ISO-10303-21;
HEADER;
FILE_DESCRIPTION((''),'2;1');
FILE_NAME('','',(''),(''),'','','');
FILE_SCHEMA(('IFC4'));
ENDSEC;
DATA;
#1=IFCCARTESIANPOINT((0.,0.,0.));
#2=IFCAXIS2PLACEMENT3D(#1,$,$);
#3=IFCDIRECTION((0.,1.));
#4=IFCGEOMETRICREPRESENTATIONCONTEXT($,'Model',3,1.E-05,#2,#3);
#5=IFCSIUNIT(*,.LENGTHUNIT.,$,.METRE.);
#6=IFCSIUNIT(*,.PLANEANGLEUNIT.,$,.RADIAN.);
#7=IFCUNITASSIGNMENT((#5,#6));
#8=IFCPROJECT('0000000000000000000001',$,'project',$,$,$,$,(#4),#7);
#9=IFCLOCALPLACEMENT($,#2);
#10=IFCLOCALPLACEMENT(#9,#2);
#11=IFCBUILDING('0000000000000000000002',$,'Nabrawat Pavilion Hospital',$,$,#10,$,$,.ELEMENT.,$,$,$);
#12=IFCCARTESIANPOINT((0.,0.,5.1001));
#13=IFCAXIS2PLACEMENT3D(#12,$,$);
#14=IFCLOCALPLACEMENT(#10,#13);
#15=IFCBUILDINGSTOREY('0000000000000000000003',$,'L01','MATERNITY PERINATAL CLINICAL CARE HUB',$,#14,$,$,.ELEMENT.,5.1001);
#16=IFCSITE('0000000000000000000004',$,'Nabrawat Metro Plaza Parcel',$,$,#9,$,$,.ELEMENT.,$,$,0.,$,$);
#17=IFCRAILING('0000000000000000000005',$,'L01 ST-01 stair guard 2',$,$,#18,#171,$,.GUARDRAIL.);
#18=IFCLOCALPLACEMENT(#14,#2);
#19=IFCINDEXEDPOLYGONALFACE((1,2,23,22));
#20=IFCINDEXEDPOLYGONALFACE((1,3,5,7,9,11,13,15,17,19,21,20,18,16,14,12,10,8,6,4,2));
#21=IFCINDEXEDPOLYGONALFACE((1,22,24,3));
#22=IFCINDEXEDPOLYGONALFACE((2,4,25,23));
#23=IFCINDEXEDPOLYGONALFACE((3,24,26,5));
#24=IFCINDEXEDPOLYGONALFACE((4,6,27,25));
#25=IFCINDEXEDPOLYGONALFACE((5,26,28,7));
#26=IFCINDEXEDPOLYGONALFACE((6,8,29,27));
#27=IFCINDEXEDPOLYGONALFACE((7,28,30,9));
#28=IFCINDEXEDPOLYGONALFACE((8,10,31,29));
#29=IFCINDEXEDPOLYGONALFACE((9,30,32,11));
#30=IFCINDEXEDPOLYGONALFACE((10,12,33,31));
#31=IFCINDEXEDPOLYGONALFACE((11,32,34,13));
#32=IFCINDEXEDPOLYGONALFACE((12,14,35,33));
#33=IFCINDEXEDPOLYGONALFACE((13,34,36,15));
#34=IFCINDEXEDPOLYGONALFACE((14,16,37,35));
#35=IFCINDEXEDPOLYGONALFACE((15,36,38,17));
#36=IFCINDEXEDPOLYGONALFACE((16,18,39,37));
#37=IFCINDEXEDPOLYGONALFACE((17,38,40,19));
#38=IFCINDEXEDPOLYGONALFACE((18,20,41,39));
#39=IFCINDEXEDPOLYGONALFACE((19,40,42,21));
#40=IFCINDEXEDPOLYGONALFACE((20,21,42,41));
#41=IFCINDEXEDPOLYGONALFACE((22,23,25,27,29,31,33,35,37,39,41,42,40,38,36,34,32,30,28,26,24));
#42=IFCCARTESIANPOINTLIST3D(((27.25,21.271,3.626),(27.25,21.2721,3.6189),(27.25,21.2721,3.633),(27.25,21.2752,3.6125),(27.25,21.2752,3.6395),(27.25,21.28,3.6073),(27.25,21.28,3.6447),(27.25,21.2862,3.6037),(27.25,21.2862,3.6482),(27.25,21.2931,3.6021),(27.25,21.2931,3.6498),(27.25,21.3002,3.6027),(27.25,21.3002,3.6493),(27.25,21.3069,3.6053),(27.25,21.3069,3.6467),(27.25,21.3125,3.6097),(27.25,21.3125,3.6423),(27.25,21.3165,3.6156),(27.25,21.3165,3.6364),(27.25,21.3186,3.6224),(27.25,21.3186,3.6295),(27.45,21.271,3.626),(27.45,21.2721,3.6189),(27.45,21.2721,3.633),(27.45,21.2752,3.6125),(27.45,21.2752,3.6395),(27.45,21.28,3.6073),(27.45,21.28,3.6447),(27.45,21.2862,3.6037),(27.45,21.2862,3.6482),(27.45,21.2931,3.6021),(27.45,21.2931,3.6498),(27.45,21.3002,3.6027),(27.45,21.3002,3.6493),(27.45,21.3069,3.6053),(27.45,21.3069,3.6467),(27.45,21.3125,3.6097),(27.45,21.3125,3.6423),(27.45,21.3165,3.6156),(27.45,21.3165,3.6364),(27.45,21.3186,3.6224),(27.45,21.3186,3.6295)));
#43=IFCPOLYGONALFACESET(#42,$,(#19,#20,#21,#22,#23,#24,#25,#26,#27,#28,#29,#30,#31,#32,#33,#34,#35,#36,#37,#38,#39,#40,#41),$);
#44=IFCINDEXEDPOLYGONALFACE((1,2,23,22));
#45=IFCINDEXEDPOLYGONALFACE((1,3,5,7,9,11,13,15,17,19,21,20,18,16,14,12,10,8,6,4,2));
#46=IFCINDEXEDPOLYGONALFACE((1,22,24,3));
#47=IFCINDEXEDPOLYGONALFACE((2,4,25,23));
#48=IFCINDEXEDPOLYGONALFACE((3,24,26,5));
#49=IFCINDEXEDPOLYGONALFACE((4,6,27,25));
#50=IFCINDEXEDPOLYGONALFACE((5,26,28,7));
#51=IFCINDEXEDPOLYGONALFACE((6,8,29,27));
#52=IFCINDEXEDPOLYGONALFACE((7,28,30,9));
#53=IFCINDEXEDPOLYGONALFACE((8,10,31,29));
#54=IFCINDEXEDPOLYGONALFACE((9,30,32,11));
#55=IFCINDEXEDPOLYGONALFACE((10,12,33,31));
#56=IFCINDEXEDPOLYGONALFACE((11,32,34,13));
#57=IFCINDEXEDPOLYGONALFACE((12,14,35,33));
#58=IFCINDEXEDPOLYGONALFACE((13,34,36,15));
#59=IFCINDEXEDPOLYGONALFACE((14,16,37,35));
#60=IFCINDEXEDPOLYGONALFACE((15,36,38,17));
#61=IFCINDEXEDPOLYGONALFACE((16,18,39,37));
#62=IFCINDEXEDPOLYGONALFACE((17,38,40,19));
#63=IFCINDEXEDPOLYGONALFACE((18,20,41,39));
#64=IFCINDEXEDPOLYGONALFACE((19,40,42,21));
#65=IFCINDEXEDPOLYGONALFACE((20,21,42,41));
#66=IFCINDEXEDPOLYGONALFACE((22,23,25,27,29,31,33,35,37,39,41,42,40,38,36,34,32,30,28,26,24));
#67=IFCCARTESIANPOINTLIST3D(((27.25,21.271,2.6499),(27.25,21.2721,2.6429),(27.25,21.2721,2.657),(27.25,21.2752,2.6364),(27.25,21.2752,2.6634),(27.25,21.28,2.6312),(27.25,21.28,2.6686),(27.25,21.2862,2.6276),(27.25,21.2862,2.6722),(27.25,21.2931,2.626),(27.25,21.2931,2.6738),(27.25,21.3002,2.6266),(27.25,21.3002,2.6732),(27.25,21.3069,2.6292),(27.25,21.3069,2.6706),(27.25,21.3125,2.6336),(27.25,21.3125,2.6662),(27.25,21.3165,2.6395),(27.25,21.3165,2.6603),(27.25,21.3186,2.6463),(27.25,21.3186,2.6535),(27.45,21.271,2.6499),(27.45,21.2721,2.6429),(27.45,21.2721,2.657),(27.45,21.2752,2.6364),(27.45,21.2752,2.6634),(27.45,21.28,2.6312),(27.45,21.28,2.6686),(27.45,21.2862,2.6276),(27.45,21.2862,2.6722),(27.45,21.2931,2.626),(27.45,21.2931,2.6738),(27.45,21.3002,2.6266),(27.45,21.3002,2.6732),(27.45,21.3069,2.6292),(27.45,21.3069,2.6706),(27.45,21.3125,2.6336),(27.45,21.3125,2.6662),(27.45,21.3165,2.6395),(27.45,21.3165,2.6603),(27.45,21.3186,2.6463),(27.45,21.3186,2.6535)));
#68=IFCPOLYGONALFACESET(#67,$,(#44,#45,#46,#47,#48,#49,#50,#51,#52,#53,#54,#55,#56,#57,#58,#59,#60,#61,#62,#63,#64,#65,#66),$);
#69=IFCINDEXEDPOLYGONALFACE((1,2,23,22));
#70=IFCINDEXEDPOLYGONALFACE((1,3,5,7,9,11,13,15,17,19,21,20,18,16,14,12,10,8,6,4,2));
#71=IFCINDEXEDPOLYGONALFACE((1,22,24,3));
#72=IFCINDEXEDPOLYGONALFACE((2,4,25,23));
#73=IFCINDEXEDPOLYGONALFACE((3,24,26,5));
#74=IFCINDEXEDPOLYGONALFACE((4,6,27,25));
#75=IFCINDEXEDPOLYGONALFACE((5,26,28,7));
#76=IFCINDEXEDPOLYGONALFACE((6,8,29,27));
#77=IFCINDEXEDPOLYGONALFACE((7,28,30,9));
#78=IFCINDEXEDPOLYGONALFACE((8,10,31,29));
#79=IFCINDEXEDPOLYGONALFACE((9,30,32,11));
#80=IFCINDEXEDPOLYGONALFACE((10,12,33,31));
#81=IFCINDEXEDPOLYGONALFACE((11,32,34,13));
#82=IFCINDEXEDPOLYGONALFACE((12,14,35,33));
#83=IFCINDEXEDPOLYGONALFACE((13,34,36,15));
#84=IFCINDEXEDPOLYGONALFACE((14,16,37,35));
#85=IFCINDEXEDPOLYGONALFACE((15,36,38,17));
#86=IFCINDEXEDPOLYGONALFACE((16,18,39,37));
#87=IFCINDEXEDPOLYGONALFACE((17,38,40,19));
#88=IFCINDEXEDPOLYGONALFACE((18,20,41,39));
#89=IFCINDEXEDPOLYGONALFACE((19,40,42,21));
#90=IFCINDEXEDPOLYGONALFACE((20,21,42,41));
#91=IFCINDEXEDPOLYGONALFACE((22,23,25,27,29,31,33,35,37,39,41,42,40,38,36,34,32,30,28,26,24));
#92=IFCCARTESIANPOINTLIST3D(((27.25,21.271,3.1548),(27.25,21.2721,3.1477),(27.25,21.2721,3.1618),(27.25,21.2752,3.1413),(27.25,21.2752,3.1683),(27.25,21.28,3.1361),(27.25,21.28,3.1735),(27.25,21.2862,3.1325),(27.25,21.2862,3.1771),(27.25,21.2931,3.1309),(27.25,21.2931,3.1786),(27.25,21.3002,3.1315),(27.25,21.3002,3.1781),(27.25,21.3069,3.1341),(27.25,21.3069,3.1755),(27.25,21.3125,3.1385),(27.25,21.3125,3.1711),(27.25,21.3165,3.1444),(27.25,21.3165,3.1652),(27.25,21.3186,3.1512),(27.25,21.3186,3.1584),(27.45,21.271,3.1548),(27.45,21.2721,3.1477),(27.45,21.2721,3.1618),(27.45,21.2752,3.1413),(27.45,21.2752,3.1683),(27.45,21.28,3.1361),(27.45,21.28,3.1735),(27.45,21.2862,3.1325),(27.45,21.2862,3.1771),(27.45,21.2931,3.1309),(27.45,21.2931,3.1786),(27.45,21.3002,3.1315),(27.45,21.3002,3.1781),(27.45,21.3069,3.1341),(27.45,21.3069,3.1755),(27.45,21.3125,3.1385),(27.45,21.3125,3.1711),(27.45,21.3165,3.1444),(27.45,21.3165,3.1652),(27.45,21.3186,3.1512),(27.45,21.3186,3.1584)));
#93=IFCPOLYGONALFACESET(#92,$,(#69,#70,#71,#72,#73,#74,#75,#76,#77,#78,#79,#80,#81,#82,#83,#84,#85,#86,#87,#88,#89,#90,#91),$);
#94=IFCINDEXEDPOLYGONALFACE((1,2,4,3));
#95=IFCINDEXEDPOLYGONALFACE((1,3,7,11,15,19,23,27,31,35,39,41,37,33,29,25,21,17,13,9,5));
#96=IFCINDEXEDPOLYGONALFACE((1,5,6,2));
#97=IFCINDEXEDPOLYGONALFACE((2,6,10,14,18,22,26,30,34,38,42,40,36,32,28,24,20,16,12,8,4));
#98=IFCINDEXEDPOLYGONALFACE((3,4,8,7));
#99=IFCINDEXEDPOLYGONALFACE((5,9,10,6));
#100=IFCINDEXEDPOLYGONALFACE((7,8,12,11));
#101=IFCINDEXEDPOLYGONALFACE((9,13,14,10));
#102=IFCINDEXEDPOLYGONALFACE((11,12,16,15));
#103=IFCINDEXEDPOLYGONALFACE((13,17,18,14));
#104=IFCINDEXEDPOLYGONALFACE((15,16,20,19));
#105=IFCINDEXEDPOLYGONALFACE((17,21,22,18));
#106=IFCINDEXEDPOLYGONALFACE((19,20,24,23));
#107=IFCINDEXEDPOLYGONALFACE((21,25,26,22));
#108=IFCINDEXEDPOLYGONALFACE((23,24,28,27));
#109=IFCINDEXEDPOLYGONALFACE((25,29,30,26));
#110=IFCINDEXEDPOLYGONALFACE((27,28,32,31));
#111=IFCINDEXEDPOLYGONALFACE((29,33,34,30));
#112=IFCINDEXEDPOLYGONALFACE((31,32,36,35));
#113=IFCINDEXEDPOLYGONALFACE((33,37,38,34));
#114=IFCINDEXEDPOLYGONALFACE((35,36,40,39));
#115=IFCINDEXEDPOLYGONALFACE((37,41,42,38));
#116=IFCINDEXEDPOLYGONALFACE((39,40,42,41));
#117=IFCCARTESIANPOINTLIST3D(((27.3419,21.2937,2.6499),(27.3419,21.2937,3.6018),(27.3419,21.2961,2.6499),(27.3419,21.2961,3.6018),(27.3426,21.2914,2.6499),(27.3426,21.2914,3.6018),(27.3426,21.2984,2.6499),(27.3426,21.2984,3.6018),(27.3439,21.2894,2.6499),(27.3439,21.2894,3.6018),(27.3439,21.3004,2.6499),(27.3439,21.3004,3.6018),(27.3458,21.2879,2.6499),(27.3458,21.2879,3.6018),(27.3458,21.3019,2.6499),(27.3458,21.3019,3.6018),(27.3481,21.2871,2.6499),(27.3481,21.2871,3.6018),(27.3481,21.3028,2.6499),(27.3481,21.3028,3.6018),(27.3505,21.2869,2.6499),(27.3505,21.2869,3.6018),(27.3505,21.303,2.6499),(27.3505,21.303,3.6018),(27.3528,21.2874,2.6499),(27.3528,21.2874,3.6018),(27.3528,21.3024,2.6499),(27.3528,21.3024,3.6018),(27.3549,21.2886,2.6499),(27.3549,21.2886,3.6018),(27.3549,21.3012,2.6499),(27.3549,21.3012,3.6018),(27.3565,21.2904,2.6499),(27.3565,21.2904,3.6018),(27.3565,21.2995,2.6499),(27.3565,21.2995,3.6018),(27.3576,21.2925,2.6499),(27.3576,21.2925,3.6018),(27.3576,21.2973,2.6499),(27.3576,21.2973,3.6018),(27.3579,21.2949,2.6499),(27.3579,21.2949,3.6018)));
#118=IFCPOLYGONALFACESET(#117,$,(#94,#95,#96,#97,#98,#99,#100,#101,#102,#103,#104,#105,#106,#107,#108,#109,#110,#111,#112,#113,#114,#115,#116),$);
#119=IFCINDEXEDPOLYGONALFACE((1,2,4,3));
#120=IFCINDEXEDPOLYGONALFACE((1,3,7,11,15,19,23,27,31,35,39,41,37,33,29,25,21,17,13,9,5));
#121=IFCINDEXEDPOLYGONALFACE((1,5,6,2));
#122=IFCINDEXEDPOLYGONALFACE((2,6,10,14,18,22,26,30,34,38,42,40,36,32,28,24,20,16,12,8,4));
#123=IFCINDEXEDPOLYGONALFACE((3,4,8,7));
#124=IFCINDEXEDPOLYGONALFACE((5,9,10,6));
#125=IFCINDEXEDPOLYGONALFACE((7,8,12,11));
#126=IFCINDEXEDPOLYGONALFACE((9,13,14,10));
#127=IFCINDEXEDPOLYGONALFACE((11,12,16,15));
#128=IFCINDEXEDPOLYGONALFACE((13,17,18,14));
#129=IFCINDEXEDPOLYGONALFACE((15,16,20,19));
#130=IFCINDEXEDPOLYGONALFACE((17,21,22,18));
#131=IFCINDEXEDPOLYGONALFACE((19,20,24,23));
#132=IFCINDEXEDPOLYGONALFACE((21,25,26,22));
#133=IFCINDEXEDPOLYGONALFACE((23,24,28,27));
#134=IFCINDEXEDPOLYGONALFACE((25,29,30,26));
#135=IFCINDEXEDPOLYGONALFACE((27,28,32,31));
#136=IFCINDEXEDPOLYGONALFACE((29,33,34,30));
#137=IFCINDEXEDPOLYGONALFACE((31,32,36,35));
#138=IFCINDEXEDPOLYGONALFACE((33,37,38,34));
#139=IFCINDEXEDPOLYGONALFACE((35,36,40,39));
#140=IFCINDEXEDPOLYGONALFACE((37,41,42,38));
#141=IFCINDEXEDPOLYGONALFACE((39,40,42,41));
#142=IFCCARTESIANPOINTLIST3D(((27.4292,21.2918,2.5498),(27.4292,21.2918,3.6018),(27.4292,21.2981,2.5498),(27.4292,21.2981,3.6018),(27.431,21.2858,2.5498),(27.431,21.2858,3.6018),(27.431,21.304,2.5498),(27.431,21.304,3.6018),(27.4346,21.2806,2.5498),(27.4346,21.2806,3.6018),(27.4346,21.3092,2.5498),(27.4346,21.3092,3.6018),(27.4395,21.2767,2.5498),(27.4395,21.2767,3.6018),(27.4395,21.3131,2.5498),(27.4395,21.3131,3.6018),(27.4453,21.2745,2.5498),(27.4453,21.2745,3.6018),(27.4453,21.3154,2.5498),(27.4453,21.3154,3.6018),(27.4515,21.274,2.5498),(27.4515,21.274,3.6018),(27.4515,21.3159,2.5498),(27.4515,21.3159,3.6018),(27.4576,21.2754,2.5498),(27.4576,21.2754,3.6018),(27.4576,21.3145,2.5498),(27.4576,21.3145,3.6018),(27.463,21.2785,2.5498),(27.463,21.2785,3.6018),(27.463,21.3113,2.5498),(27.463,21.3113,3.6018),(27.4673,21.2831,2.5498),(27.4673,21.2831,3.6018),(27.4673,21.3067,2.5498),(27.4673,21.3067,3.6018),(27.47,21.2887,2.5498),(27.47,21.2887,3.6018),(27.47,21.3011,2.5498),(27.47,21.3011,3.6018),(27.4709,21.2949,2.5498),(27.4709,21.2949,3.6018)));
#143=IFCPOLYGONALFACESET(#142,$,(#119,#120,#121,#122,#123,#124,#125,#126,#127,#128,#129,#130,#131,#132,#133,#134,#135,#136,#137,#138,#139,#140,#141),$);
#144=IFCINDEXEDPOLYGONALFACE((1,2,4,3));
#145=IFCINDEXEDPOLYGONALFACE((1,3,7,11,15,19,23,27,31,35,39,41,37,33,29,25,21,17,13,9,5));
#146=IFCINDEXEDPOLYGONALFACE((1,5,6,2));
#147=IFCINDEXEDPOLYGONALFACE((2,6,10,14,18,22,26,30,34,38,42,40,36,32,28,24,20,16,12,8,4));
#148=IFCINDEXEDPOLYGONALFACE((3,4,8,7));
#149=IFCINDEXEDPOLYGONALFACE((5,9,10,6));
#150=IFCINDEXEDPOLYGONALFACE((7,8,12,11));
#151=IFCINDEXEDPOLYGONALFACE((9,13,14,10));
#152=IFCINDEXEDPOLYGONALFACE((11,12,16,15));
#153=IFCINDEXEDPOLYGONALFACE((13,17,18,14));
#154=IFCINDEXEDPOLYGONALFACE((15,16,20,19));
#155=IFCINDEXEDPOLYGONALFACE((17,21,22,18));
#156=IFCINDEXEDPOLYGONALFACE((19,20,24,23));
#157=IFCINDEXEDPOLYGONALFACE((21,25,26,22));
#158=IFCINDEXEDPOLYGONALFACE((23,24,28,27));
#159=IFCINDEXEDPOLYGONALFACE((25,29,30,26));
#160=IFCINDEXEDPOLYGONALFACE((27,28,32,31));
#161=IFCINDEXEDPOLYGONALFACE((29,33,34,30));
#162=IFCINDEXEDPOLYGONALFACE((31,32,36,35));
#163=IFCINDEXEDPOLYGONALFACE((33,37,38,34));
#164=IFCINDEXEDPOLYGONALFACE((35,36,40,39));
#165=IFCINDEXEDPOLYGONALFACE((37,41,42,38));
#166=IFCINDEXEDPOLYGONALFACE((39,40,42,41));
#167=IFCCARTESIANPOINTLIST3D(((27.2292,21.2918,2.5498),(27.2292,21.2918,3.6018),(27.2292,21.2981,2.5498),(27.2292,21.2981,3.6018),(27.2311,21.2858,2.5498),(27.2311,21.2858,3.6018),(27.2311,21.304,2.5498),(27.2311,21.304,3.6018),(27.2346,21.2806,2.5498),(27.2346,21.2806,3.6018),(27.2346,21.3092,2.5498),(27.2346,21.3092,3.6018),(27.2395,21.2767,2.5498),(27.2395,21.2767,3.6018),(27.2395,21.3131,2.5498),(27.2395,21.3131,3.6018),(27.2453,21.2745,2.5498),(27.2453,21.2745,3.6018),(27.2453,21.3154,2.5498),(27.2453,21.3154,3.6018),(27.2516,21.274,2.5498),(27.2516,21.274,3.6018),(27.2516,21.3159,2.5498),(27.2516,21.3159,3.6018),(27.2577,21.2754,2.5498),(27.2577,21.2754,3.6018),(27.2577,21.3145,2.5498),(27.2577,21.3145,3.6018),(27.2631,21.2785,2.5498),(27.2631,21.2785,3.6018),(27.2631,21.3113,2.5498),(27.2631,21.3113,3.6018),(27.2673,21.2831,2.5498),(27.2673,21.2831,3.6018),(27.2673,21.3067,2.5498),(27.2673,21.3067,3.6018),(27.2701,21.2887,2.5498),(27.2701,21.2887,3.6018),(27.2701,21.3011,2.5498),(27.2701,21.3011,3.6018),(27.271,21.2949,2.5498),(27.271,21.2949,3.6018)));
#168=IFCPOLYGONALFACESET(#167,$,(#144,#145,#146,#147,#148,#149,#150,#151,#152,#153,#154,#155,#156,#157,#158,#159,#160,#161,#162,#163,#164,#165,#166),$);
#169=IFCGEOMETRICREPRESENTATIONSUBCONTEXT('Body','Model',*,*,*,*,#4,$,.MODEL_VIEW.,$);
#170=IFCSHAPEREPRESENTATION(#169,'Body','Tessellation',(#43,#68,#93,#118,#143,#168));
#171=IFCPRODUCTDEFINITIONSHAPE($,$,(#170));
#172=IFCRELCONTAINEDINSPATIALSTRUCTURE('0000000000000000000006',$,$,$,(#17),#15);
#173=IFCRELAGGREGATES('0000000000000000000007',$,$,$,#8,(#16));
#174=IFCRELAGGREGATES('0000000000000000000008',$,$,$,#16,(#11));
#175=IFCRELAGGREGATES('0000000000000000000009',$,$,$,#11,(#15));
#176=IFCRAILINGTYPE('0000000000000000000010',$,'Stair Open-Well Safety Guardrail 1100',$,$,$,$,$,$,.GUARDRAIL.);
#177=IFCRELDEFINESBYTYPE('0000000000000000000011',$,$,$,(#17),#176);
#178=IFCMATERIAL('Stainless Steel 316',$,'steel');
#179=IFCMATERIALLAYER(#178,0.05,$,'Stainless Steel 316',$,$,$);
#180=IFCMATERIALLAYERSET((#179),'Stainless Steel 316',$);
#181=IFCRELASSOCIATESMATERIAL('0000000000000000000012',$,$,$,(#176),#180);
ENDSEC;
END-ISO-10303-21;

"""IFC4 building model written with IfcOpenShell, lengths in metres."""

from ifc_helpers import new_model, si_unit, direction, frame, origin, origin_2d, place, context, subcontext, project, spatial, circle, extrude, material, layer, layer_set, type_object, element, save


model = new_model("IFC4")

# Units and contexts
model_context = context("Model", 3, precision=1e-05, world=origin(), true_north=direction((0.0, 1.0)))
body_context = subcontext(model_context, "Body", "Model", "MODEL_VIEW")
ifc_project = project(units=[si_unit("LENGTHUNIT", "METRE"), si_unit("PLANEANGLEUNIT", "RADIAN")], contexts=[model_context])

# Site, building, storey
site_placement = place(None, origin())
site = spatial("IfcSite", under=ifc_project, at=site_placement, Name="Nabrawat Metro Plaza Parcel", CompositionType="ELEMENT", RefElevation=0.0)
building_placement = place(site_placement, origin())
building = spatial("IfcBuilding", under=site, at=building_placement, Name="Nabrawat Pavilion Hospital", CompositionType="ELEMENT")
storey_placement = place(building_placement, frame((0.0, 0.0, 5.1001)))
storey = spatial("IfcBuildingStorey", under=building, at=storey_placement, Name="L01", Description="MATERNITY PERINATAL CLINICAL CARE HUB", CompositionType="ELEMENT", Elevation=5.1001)

# Railing
ifc_material_1 = material(Name="Stainless Steel 316", Category="steel")
ifc_layer_1 = layer(ifc_material_1, 0.05, Name="Stainless Steel 316")
ifc_layer_set_1 = layer_set([ifc_layer_1], Name="Stainless Steel 316")
railing_type_1 = type_object("IfcRailingType", Name="Stair Open-Well Safety Guardrail 1100", PredefinedType="GUARDRAIL", material=ifc_layer_set_1)
railing_1_placement = place(storey_placement, frame((27.45, 21.2949, 2.5498)))
element("IfcRailing", 1, at=railing_1_placement, inside=storey, type_object=railing_type_1, Name="L01 ST-01 stair guard 2", PredefinedType="GUARDRAIL", context=body_context, shape_type="SweptSolid", body=[
    extrude(circle(Radius=0.0239, at=origin_2d()), frame((0.0, 0.0, 1.0762), z_axis=(-1.0, 0.0, 0.0), x_axis=(0.0, -1.0, 0.0)), (0.0, 0.0, 1.0), 0.2),
    extrude(circle(Radius=0.0239, at=origin_2d()), frame((0.0, 0.0, 0.1001), z_axis=(-1.0, 0.0, 0.0), x_axis=(0.0, -1.0, 0.0)), (0.0, 0.0, 1.0), 0.2),
    extrude(circle(Radius=0.0239, at=origin_2d()), frame((0.0, 0.0, 0.605), z_axis=(-1.0, 0.0, 0.0), x_axis=(0.0, -1.0, 0.0)), (0.0, 0.0, 1.0), 0.2),
    extrude(circle(Radius=0.0081, at=origin_2d()), frame((-0.1001, 0.0, 0.1001)), (0.0, 0.0, 1.0), 0.9519),
    extrude(circle(Radius=0.021, at=origin_2d()), origin(), (0.0, 0.0, 1.0), 1.052),
    extrude(circle(Radius=0.021, at=origin_2d()), frame((-0.2, 0.0, 0.0)), (0.0, 0.0, 1.0), 1.052),
])

save(model, "model.ifc")
